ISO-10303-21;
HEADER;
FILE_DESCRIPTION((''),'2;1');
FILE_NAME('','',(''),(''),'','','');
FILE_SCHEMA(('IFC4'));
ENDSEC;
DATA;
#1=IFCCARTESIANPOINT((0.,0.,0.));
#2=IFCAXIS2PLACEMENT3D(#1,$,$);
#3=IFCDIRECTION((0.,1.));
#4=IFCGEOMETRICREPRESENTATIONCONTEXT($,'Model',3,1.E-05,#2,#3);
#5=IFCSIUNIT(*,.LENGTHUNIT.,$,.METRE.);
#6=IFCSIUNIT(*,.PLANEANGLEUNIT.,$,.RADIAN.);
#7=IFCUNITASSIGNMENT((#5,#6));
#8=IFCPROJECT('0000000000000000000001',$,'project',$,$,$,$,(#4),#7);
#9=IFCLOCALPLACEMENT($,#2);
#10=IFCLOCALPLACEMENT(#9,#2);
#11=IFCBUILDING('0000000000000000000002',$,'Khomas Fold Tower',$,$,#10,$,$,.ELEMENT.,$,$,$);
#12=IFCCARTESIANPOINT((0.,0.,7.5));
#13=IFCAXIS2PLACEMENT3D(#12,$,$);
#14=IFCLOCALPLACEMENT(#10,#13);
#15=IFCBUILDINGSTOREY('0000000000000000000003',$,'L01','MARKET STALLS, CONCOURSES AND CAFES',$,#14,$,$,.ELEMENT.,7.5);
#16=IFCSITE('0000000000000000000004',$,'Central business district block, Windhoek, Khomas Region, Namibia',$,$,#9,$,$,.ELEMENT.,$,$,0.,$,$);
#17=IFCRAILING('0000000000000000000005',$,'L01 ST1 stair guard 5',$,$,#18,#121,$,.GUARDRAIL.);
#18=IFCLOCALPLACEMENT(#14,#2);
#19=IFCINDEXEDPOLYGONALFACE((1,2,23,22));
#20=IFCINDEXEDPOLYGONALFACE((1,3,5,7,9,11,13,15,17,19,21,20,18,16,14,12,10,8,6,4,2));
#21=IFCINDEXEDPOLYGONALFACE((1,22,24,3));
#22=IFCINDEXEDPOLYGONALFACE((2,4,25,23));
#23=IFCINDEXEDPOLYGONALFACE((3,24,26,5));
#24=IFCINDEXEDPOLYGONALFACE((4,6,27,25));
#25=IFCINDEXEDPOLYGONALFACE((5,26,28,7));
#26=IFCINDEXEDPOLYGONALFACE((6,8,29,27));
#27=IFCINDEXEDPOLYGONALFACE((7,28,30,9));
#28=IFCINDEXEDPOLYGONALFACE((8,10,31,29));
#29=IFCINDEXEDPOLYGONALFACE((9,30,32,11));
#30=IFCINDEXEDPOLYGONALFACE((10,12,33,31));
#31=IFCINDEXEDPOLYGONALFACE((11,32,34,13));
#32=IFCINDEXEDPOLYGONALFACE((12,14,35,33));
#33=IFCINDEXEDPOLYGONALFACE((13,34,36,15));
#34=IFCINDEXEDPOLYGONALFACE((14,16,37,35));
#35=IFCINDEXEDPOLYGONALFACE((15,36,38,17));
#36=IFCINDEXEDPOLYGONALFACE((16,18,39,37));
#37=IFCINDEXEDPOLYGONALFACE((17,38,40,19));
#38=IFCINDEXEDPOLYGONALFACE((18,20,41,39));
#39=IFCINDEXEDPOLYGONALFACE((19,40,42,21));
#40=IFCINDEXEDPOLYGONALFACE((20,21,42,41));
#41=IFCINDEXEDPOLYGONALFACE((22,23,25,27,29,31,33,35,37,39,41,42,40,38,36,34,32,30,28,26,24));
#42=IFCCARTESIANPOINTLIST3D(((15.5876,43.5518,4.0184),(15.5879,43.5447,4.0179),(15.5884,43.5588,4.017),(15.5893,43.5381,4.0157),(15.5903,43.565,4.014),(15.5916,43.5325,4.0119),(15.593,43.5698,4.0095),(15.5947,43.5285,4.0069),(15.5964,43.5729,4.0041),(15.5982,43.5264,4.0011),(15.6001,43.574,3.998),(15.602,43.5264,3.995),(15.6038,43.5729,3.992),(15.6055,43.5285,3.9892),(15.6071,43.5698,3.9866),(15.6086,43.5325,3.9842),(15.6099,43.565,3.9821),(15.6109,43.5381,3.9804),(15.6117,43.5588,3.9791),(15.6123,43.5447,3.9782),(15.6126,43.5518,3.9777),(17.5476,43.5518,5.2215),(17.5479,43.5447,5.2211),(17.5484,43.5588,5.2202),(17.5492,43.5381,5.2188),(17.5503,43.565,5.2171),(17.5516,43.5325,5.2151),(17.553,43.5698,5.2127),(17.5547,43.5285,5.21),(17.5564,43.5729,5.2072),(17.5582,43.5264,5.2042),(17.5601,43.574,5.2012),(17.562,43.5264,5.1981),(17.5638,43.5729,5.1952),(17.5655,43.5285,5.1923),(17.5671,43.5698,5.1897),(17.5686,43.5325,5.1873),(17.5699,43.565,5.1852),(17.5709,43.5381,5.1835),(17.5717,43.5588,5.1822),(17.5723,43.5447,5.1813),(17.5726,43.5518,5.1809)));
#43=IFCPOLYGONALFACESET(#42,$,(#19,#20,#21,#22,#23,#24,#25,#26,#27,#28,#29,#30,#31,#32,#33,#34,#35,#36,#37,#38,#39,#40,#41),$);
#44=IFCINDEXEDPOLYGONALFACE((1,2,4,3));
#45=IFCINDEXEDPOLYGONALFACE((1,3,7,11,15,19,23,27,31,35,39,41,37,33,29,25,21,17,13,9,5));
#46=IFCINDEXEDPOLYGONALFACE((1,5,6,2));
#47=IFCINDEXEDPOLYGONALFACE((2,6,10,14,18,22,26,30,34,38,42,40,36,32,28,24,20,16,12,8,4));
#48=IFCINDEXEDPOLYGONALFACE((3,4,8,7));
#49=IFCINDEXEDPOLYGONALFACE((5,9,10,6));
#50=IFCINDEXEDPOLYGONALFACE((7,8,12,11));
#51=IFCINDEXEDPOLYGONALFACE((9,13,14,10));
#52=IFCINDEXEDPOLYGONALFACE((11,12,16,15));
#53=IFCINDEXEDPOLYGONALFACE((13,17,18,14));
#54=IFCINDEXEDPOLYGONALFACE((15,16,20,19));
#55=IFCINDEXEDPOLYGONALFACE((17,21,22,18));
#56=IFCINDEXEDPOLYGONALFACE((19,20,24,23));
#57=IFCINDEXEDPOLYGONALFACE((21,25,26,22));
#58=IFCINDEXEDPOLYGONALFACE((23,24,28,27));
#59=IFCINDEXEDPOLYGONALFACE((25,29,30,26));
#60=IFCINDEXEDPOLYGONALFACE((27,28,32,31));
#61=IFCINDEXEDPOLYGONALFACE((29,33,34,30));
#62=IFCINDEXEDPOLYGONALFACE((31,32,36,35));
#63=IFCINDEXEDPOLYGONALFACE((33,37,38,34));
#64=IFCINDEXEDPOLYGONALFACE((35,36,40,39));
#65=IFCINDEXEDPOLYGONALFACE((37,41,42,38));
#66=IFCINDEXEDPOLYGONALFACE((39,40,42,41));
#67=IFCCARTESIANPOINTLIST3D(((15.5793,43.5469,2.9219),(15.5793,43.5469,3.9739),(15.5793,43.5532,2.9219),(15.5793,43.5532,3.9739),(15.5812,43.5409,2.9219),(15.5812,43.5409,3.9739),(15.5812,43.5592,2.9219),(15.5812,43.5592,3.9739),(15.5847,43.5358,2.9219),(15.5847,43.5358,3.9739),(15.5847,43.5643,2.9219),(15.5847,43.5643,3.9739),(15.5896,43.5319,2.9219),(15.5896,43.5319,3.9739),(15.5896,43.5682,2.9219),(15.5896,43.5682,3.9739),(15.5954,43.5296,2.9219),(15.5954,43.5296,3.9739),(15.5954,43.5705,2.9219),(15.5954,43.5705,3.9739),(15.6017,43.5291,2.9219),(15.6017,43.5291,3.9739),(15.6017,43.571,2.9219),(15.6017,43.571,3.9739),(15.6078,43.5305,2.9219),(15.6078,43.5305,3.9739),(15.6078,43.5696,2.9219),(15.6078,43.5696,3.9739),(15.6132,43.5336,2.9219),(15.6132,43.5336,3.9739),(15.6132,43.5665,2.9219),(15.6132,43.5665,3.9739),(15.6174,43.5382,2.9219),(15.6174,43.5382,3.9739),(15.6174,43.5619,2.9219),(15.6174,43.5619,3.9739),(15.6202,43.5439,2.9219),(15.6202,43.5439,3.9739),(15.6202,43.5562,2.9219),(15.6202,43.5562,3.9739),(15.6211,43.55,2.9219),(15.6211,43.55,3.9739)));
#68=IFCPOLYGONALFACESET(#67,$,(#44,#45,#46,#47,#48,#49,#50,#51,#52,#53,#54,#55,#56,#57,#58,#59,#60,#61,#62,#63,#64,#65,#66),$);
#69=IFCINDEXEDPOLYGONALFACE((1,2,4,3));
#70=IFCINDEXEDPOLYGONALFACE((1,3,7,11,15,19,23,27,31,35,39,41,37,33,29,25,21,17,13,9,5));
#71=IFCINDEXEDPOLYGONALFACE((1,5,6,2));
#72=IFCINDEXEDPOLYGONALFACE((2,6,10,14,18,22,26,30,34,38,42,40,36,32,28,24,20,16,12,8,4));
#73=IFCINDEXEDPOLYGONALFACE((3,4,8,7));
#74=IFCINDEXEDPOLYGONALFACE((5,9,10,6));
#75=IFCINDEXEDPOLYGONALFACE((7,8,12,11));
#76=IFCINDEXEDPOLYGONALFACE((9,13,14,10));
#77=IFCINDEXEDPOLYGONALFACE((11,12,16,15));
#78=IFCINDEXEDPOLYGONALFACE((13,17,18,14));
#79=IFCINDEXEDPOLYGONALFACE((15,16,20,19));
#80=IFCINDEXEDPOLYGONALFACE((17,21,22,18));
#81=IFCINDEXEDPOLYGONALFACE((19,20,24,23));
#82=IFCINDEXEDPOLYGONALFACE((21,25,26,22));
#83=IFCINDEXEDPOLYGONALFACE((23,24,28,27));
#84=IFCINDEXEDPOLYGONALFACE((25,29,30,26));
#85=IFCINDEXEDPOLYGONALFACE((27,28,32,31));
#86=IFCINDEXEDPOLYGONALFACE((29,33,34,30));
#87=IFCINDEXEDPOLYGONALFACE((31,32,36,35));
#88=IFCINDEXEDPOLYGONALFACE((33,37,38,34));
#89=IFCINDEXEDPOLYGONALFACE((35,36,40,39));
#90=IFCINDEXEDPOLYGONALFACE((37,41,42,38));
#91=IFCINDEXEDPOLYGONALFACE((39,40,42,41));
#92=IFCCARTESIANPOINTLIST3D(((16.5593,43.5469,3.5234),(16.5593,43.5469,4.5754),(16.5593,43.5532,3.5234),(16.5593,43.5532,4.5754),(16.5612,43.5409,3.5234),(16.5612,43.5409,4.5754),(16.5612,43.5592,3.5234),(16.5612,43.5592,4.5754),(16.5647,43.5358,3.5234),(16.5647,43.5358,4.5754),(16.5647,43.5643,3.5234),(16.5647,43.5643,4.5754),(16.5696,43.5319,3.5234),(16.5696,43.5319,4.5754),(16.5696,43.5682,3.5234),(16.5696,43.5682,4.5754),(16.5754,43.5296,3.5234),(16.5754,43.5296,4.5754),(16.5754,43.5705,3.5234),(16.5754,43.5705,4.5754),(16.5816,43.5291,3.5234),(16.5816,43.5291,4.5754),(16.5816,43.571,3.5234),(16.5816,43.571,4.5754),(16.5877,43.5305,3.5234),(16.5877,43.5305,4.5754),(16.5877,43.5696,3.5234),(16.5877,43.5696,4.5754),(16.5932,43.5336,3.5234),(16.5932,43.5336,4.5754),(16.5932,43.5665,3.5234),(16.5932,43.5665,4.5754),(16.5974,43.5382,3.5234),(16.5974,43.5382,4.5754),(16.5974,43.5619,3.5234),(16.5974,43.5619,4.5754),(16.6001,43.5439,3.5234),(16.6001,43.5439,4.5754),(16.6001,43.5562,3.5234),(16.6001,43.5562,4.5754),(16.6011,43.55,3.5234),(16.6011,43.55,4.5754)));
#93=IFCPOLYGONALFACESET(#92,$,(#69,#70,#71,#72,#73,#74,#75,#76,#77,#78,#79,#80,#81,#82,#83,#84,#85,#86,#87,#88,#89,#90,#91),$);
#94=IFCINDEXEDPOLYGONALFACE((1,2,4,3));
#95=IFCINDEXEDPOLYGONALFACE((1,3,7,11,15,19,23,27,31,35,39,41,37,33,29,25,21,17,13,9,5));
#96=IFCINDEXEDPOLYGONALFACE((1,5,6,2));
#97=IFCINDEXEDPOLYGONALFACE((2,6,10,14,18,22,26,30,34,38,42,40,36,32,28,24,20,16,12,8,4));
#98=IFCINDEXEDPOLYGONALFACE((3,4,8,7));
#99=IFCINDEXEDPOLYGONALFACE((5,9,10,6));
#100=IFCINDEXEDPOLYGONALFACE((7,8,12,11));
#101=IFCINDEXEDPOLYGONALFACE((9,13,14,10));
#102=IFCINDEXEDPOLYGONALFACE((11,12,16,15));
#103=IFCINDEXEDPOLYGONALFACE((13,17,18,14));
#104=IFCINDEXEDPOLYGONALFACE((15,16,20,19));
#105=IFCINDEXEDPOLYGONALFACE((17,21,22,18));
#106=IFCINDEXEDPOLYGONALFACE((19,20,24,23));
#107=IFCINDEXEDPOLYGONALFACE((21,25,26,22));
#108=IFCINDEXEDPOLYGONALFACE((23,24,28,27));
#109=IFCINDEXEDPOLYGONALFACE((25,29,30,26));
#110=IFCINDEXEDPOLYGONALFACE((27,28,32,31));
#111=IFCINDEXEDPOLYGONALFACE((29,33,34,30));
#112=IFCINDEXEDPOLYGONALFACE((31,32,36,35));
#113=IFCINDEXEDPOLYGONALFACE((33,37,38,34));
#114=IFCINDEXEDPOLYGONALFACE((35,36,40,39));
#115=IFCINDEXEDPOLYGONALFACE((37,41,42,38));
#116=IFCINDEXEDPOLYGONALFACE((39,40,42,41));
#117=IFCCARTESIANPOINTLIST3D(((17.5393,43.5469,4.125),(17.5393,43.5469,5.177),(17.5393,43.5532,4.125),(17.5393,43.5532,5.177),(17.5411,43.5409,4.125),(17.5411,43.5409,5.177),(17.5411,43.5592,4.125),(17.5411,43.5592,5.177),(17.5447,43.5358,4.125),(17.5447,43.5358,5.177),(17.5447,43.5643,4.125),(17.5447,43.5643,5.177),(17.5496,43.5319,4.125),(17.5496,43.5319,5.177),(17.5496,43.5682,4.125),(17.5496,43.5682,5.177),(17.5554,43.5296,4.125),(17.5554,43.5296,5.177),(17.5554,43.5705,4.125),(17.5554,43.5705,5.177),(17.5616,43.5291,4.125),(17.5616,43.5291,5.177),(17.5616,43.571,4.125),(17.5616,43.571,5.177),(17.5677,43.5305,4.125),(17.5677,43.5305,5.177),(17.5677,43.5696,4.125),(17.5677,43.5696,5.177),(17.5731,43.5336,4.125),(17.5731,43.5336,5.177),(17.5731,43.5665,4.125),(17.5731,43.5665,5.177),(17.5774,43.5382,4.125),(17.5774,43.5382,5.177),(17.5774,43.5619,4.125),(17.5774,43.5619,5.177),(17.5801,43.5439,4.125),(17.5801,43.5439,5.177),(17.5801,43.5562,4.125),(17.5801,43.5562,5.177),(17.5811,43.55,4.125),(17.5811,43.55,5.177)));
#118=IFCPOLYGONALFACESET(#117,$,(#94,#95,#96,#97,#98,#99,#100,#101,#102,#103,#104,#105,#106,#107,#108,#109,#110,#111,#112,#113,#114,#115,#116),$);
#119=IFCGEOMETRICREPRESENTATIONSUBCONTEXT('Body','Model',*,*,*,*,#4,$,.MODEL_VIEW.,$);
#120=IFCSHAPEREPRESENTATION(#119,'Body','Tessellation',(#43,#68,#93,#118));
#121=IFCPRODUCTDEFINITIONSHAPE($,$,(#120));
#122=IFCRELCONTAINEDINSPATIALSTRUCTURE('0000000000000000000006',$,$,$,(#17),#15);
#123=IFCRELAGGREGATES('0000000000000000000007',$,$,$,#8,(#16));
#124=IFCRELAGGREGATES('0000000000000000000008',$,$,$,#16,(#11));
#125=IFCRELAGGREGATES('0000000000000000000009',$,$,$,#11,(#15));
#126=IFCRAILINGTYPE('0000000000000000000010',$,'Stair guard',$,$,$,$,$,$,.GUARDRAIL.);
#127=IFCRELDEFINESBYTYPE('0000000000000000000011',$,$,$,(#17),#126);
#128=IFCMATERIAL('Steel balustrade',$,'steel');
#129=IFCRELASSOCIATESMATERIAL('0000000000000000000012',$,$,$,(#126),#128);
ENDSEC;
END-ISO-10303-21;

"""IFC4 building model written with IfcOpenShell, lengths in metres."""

from ifc_helpers import new_model, si_unit, direction, frame, origin, origin_2d, place, context, subcontext, project, spatial, circle, extrude, source, transform, mapped, material, type_object, element, save


model = new_model("IFC4")

# Units and contexts
model_context = context("Model", 3, precision=1e-05, world=origin(), true_north=direction((0.0, 1.0)))
body_context = subcontext(model_context, "Body", "Model", "MODEL_VIEW")
ifc_project = project(units=[si_unit("LENGTHUNIT", "METRE"), si_unit("PLANEANGLEUNIT", "RADIAN")], contexts=[model_context])

# Site, building, storey
site_placement = place(None, origin())
site = spatial("IfcSite", under=ifc_project, at=site_placement, Name="Central business district block, Windhoek, Khomas Region, Namibia", CompositionType="ELEMENT", RefElevation=0.0)
building_placement = place(site_placement, origin())
building = spatial("IfcBuilding", under=site, at=building_placement, Name="Khomas Fold Tower", CompositionType="ELEMENT")
storey_placement = place(building_placement, frame((0.0, 0.0, 7.5)))
storey = spatial("IfcBuildingStorey", under=building, at=storey_placement, Name="L01", Description="MARKET STALLS, CONCOURSES AND CAFES", CompositionType="ELEMENT", Elevation=7.5)

# Railing
ifc_material_1 = material(Name="Steel balustrade", Category="steel")
railing_type_1 = type_object("IfcRailingType", Name="Stair guard", PredefinedType="GUARDRAIL", material=ifc_material_1)
shared_shape_1 = source(origin(), body_context, "Body", "SweptSolid", [
    extrude(circle(Radius=0.0239, at=origin_2d()), frame((0.0, 0.0, 1.0762), z_axis=(0.852241, 0.0, 0.523149), x_axis=(0.0, 1.0, 0.0)), (0.0, 0.0, 1.0), 2.2998),
    extrude(circle(Radius=0.021, at=origin_2d()), origin(), (0.0, 0.0, 1.0), 1.052),
    extrude(circle(Radius=0.021, at=origin_2d()), frame((0.98, 0.0, 0.6016)), (0.0, 0.0, 1.0), 1.052),
    extrude(circle(Radius=0.021, at=origin_2d()), frame((1.96, 0.0, 1.2031)), (0.0, 0.0, 1.0), 1.052),
])
for number, where, name in (
    (1, (15.6001, 43.55, 2.9219), "L01 ST1 stair guard 5"),
):
    element("IfcRailing", number, at=place(storey_placement, frame(where)), inside=storey, type_object=railing_type_1, Name=name, PredefinedType="GUARDRAIL", context=body_context, shape_type="MappedRepresentation", body=[
        mapped(shared_shape_1, transform((0.0, 0.0, 0.0))),
    ])

save(model, "model.ifc")
